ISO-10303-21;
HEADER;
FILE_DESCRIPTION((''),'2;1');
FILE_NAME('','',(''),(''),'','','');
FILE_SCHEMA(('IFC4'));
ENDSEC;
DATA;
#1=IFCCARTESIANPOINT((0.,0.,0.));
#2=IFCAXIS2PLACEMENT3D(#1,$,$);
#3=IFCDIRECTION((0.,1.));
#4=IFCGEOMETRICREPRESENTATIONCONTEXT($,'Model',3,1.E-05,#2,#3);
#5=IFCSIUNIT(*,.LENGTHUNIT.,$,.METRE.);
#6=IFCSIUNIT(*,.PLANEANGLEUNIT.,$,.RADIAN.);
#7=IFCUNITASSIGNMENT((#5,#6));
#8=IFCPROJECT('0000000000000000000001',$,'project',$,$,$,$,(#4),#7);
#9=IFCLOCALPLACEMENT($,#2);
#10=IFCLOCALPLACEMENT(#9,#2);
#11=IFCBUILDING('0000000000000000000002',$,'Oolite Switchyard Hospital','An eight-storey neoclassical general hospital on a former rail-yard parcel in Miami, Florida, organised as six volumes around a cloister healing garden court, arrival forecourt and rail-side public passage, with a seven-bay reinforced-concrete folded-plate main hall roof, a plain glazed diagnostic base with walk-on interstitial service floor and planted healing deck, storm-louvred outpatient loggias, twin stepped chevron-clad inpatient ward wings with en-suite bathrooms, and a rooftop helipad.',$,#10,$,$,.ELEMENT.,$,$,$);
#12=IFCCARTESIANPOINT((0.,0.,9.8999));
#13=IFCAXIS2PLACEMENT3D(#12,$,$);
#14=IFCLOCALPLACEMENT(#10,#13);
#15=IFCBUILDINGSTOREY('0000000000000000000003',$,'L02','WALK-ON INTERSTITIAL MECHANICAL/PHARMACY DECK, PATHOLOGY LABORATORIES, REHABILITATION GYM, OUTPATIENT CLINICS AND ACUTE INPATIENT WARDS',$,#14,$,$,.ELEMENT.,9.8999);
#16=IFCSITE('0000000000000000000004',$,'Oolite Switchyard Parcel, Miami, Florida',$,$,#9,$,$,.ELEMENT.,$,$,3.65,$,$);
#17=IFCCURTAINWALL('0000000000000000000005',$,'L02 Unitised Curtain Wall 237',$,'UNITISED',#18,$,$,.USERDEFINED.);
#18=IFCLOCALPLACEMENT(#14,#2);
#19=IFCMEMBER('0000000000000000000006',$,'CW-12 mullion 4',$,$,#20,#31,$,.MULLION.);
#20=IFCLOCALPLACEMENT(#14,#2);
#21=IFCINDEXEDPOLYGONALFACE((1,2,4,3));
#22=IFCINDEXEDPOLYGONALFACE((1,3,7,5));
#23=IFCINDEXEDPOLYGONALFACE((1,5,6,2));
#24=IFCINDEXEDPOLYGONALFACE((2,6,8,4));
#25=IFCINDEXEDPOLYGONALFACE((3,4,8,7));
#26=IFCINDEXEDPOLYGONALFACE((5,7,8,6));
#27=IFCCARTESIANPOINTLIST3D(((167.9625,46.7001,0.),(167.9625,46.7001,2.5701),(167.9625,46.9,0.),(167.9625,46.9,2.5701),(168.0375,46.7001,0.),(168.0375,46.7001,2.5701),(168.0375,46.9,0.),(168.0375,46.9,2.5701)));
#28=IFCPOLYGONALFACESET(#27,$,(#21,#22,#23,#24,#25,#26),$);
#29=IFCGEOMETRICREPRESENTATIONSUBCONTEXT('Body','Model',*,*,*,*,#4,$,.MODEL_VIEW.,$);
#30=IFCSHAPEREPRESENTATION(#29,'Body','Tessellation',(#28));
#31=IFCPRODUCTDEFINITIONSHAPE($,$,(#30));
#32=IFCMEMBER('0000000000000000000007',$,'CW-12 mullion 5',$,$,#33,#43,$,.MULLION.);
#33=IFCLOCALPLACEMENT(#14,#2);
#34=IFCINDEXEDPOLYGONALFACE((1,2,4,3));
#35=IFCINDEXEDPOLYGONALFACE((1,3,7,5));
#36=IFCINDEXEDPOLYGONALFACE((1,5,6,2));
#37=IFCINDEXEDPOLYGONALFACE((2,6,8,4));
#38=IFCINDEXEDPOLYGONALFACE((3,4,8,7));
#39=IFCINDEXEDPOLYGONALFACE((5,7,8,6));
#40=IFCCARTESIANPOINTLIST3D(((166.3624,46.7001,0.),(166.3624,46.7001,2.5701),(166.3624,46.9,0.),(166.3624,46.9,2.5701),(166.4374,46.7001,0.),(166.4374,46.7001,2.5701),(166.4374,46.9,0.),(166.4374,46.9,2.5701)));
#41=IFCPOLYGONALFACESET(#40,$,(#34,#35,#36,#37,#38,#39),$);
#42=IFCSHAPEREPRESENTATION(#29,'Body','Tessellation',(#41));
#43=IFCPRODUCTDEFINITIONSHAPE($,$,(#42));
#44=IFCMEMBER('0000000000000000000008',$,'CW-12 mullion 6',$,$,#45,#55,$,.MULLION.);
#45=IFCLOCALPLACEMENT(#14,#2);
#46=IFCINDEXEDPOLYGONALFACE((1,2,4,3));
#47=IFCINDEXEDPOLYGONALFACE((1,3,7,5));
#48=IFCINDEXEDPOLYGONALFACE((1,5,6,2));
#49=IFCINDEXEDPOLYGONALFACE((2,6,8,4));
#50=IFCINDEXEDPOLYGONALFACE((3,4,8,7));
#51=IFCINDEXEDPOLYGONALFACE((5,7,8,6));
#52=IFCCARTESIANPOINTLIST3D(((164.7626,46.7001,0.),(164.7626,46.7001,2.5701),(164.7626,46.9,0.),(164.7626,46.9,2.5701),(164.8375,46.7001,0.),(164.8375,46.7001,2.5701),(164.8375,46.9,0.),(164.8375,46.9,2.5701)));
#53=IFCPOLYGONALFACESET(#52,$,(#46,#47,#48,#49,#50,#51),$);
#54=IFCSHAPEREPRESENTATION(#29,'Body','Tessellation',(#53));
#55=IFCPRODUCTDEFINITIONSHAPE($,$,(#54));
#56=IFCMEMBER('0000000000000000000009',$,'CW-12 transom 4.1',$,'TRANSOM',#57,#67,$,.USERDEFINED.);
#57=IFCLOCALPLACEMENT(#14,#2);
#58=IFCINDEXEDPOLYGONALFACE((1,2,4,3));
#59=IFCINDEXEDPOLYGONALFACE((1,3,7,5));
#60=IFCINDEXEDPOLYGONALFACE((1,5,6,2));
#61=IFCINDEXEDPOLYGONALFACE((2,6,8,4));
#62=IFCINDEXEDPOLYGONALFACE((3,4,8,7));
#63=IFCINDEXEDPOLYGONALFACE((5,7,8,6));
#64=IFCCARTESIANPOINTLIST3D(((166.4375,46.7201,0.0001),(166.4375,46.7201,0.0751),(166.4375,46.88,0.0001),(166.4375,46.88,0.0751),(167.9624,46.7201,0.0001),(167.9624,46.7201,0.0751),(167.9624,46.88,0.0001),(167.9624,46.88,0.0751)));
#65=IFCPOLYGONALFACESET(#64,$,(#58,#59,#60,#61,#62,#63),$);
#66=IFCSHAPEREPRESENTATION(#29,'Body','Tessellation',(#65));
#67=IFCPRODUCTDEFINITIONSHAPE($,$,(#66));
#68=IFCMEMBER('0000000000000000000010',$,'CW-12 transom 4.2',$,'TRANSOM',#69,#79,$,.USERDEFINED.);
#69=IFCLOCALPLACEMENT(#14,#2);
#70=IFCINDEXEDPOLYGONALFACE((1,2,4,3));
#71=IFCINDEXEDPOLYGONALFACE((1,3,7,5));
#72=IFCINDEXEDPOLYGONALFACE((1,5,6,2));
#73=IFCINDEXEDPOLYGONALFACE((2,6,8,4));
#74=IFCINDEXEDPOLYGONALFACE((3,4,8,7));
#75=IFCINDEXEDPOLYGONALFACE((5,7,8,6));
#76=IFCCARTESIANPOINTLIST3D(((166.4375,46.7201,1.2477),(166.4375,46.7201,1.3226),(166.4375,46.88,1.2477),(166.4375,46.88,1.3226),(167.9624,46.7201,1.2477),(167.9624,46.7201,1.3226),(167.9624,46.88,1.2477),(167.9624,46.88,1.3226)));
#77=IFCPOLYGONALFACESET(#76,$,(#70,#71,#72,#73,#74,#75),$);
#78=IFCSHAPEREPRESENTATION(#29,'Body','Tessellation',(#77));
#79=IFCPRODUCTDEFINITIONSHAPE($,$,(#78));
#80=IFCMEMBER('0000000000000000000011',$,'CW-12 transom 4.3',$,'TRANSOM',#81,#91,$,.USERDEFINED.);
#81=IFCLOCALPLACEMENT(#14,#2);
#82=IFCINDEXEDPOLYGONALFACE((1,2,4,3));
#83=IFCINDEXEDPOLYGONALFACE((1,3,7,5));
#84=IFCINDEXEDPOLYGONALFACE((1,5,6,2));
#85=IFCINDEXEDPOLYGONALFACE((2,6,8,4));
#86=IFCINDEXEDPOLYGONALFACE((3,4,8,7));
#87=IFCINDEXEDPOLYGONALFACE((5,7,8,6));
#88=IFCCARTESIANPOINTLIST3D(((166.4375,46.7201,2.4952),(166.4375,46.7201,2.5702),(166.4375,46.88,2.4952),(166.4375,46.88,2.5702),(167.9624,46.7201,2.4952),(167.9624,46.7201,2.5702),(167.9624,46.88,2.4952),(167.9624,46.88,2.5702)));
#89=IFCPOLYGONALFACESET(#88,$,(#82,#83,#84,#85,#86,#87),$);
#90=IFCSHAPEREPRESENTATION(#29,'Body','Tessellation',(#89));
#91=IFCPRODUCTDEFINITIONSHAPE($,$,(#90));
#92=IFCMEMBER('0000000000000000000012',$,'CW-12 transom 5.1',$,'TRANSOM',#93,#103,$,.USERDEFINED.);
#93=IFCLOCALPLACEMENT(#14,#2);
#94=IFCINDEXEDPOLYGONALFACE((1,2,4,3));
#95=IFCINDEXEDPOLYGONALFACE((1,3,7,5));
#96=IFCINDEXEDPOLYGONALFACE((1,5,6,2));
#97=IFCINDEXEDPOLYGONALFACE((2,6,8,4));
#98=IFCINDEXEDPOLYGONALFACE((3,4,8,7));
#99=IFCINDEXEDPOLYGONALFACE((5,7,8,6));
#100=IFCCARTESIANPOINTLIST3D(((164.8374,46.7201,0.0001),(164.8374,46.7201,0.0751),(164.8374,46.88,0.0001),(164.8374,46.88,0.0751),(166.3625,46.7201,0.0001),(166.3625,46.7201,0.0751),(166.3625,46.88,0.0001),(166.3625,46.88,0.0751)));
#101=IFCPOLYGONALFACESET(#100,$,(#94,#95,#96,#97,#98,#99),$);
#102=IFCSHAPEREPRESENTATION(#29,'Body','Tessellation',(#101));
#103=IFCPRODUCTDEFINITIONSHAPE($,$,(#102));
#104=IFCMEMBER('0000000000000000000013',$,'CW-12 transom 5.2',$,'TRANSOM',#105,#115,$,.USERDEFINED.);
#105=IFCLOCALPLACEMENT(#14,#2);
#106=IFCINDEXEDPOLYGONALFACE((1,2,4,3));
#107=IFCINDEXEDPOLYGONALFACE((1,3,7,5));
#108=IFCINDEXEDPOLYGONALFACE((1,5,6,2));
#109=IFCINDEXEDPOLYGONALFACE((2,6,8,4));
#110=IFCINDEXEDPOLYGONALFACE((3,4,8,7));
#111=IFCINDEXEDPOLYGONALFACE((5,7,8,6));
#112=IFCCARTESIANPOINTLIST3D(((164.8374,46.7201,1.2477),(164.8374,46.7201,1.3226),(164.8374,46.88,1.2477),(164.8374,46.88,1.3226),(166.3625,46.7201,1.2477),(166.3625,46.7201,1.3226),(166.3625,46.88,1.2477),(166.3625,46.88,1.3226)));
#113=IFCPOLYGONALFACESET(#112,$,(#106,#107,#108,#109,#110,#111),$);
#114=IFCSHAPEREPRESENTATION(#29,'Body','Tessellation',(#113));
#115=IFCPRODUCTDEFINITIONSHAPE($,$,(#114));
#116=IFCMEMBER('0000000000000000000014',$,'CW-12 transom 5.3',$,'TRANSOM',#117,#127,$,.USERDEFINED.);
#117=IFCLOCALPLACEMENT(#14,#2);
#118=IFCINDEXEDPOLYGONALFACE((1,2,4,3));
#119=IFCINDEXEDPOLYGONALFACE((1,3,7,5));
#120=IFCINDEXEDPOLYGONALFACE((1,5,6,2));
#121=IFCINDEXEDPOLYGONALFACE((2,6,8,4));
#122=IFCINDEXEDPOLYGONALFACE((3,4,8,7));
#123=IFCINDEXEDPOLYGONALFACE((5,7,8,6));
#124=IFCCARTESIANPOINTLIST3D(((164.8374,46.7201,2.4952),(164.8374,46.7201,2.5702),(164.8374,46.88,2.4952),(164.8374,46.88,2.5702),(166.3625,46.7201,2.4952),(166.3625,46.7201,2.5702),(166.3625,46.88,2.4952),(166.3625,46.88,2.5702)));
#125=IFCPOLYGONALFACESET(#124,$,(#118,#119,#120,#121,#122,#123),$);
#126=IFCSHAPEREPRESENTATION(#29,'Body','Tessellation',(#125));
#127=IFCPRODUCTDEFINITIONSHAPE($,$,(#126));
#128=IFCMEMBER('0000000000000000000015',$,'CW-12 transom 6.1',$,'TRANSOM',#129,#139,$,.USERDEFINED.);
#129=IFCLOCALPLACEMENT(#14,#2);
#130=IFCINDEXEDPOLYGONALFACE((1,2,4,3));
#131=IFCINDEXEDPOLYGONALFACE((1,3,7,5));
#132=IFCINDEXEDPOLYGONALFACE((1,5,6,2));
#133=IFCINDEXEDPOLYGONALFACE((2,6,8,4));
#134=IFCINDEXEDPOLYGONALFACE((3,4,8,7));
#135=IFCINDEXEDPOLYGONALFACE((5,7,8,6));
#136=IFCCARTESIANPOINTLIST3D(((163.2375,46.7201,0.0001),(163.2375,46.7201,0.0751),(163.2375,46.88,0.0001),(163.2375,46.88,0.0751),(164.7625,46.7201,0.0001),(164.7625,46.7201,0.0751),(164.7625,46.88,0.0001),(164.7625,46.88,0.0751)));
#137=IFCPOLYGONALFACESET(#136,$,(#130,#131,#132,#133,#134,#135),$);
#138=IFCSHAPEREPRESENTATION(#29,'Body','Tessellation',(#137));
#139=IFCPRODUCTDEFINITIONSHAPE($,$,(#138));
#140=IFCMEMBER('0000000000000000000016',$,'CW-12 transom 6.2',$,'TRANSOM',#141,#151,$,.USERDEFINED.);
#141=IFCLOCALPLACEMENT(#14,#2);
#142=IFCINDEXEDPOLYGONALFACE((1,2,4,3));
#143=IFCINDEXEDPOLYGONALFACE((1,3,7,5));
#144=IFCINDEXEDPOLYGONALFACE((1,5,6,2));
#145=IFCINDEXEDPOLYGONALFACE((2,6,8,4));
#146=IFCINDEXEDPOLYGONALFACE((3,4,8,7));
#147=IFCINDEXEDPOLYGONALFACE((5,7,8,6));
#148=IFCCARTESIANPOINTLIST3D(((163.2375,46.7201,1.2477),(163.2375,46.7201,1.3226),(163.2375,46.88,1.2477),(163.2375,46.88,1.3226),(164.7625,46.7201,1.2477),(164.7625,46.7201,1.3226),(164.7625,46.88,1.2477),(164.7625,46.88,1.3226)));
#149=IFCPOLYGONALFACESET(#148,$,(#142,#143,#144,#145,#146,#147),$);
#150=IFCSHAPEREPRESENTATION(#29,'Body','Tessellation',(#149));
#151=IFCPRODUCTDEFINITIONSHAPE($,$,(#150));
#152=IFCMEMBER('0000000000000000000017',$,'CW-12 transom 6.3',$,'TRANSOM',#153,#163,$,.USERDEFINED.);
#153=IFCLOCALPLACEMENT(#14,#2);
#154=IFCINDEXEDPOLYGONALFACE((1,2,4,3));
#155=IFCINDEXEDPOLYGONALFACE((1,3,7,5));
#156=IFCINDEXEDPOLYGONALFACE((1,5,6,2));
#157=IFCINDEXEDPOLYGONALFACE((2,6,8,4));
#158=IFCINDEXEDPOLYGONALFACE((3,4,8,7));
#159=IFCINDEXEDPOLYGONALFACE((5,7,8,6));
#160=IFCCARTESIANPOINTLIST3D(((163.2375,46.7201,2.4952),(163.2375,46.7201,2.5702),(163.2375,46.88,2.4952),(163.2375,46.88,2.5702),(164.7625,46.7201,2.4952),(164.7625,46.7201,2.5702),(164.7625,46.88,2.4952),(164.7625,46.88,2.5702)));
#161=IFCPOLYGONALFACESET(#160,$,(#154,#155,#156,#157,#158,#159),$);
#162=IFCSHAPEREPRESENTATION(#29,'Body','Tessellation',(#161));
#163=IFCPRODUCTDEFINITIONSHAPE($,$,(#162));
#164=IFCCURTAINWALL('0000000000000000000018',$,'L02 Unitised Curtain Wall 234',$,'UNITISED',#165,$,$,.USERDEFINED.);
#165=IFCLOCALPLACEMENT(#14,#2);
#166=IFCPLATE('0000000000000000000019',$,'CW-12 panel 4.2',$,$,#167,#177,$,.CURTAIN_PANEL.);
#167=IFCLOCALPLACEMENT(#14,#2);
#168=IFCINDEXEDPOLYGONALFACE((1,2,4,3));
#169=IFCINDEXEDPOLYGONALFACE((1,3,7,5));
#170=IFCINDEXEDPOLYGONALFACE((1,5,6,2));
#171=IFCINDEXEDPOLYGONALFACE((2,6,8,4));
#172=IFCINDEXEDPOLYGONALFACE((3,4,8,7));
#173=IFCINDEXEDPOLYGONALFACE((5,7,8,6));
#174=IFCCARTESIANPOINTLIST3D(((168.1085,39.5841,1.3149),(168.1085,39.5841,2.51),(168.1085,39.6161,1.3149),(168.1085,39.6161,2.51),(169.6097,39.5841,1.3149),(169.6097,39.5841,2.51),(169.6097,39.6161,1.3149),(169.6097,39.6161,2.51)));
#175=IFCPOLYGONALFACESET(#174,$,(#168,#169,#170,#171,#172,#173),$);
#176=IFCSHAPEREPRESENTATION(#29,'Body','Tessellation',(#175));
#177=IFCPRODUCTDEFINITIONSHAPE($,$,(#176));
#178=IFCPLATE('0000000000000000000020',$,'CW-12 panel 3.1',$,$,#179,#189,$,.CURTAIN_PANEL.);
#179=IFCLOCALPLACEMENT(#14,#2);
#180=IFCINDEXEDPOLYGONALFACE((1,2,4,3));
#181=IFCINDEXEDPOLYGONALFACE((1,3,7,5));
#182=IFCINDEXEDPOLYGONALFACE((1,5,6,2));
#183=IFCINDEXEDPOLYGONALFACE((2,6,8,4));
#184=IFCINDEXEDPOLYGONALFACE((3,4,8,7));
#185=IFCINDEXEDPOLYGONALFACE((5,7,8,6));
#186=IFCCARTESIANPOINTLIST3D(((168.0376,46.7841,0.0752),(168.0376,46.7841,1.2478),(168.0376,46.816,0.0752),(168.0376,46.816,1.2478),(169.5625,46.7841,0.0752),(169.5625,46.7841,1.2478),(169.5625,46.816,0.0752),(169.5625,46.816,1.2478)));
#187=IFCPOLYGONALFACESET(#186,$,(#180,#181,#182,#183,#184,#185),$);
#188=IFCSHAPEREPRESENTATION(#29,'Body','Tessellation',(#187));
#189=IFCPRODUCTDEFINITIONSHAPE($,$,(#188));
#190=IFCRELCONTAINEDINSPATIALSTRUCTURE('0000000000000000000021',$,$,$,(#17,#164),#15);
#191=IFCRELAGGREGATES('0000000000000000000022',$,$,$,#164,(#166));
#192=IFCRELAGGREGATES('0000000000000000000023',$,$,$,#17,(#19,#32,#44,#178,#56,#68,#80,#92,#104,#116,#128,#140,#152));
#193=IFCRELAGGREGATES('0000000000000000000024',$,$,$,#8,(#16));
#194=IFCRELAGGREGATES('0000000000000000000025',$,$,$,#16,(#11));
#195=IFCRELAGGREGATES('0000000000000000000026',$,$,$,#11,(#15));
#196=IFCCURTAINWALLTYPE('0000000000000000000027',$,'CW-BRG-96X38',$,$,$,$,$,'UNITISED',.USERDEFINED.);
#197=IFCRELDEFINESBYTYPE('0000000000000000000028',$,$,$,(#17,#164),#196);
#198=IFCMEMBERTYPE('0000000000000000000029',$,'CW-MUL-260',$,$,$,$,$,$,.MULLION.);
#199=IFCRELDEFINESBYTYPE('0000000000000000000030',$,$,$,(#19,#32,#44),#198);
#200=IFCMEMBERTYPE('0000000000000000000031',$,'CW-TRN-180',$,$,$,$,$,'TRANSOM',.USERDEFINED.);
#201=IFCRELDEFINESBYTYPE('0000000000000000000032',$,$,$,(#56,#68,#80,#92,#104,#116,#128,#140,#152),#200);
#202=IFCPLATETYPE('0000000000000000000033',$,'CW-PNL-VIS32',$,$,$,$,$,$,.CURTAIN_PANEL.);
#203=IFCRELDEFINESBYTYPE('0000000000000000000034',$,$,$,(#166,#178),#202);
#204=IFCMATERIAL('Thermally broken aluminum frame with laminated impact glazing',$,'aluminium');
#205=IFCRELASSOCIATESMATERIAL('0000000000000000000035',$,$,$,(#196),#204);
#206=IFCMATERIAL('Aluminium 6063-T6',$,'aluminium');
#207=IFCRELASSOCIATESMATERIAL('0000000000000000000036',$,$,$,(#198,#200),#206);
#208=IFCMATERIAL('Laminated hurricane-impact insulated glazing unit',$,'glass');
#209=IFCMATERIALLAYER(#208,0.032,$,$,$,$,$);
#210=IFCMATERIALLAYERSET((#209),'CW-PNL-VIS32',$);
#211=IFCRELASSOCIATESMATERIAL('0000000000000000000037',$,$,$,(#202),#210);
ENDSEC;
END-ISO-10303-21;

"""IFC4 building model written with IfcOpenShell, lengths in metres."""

from ifc_helpers import new_model, si_unit, direction, frame, origin, origin_2d, place, context, subcontext, project, spatial, rectangle, extrude, material, layer, layer_set, material_profile, profile_set, type_object, element, aggregate, save


model = new_model("IFC4")

# Units and contexts
model_context = context("Model", 3, precision=1e-05, world=origin(), true_north=direction((0.0, 1.0)))
body_context = subcontext(model_context, "Body", "Model", "MODEL_VIEW")
ifc_project = project(units=[si_unit("LENGTHUNIT", "METRE"), si_unit("PLANEANGLEUNIT", "RADIAN")], contexts=[model_context])

# Site, building, storey
site_placement = place(None, origin())
site = spatial("IfcSite", under=ifc_project, at=site_placement, Name="Oolite Switchyard Parcel, Miami, Florida", CompositionType="ELEMENT", RefElevation=3.65)
building_placement = place(site_placement, origin())
building = spatial("IfcBuilding", under=site, at=building_placement, Name="Oolite Switchyard Hospital", Description="An eight-storey neoclassical general hospital on a former rail-yard parcel in Miami, Florida, organised as six volumes around a cloister healing garden court, arrival forecourt and rail-side public passage, with a seven-bay reinforced-concrete folded-plate main hall roof, a plain glazed diagnostic base with walk-on interstitial service floor and planted healing deck, storm-louvred outpatient loggias, twin stepped chevron-clad inpatient ward wings with en-suite bathrooms, and a rooftop helipad.", CompositionType="ELEMENT")
storey_placement = place(building_placement, frame((0.0, 0.0, 9.8999)))
storey = spatial("IfcBuildingStorey", under=building, at=storey_placement, Name="L02", Description="WALK-ON INTERSTITIAL MECHANICAL/PHARMACY DECK, PATHOLOGY LABORATORIES, REHABILITATION GYM, OUTPATIENT CLINICS AND ACUTE INPATIENT WARDS", CompositionType="ELEMENT", Elevation=9.8999)

# Curtain wall, members
ifc_material_1 = material(Name="Thermally broken aluminum frame with laminated impact glazing", Category="aluminium")
curtain_wall_type = type_object("IfcCurtainWallType", Name="CW-BRG-96X38", ElementType="UNITISED", PredefinedType="USERDEFINED", material=ifc_material_1)
curtain_wall_1_placement = place(storey_placement, origin())
curtain_wall_1 = element("IfcCurtainWall", 1, at=curtain_wall_1_placement, inside=storey, type_object=curtain_wall_type, Name="L02 Unitised Curtain Wall 237", ObjectType="UNITISED", PredefinedType="USERDEFINED")
ifc_material_2 = material(Name="Aluminium 6063-T6", Category="aluminium")
ifc_material_profile_1 = material_profile(ifc_material_2, rectangle(XDim=0.2, YDim=0.075, at=origin_2d()), Name="CWM75X200")
ifc_profile_set_1 = profile_set([ifc_material_profile_1], Name="Aluminium 6063-T6")
member_type_1 = type_object("IfcMemberType", Name="CW-MUL-260", PredefinedType="MULLION", material=ifc_profile_set_1)
member_1_placement = place(storey_placement, frame((168.0, 46.8, 0.0), z_axis=(0.0, 0.0, 1.0), x_axis=(0.0, -1.0, 0.0)))
member_1 = element("IfcMember", 2, at=member_1_placement, type_object=member_type_1, Name="CW-12 mullion 4", PredefinedType="MULLION", context=body_context, shape_type="SweptSolid", body=[
    extrude(rectangle(XDim=0.2, YDim=0.075, at=origin_2d()), origin(), (0.0, 0.0, 1.0), 2.5701),
])
member_2_placement = place(storey_placement, frame((166.3999, 46.8, 0.0), z_axis=(0.0, 0.0, 1.0), x_axis=(0.0, -1.0, 0.0)))
member_2 = element("IfcMember", 3, at=member_2_placement, type_object=member_type_1, Name="CW-12 mullion 5", PredefinedType="MULLION", context=body_context, shape_type="SweptSolid", body=[
    extrude(rectangle(XDim=0.2, YDim=0.075, at=origin_2d()), origin(), (0.0, 0.0, 1.0), 2.5701),
])
member_3_placement = place(storey_placement, frame((164.8, 46.8, 0.0), z_axis=(0.0, 0.0, 1.0), x_axis=(0.0, -1.0, 0.0)))
member_3 = element("IfcMember", 4, at=member_3_placement, type_object=member_type_1, Name="CW-12 mullion 6", PredefinedType="MULLION", context=body_context, shape_type="SweptSolid", body=[
    extrude(rectangle(XDim=0.2, YDim=0.075, at=origin_2d()), origin(), (0.0, 0.0, 1.0), 2.5701),
])
ifc_material_profile_2 = material_profile(ifc_material_2, rectangle(XDim=0.1599, YDim=0.075, at=origin_2d()), Name="CWT75X160")
ifc_profile_set_2 = profile_set([ifc_material_profile_2], Name="Aluminium 6063-T6")
member_type_2 = type_object("IfcMemberType", Name="CW-TRN-180", ElementType="TRANSOM", PredefinedType="USERDEFINED", material=ifc_profile_set_2)
member_4_placement = place(storey_placement, frame((167.9624, 46.8, 0.0376), z_axis=(-1.0, 0.0, 0.0), x_axis=(0.0, -1.0, 0.0)))
member_4 = element("IfcMember", 5, at=member_4_placement, type_object=member_type_2, Name="CW-12 transom 4.1", ObjectType="TRANSOM", PredefinedType="USERDEFINED", context=body_context, shape_type="SweptSolid", body=[
    extrude(rectangle(XDim=0.1599, YDim=0.075, at=origin_2d()), origin(), (0.0, 0.0, 1.0), 1.5249),
])
member_5_placement = place(storey_placement, frame((167.9624, 46.8, 1.2852), z_axis=(-1.0, 0.0, 0.0), x_axis=(0.0, -1.0, 0.0)))
member_5 = element("IfcMember", 6, at=member_5_placement, type_object=member_type_2, Name="CW-12 transom 4.2", ObjectType="TRANSOM", PredefinedType="USERDEFINED", context=body_context, shape_type="SweptSolid", body=[
    extrude(rectangle(XDim=0.1599, YDim=0.075, at=origin_2d()), origin(), (0.0, 0.0, 1.0), 1.5249),
])
member_6_placement = place(storey_placement, frame((167.9624, 46.8, 2.5327), z_axis=(-1.0, 0.0, 0.0), x_axis=(0.0, -1.0, 0.0)))
member_6 = element("IfcMember", 7, at=member_6_placement, type_object=member_type_2, Name="CW-12 transom 4.3", ObjectType="TRANSOM", PredefinedType="USERDEFINED", context=body_context, shape_type="SweptSolid", body=[
    extrude(rectangle(XDim=0.1599, YDim=0.075, at=origin_2d()), origin(), (0.0, 0.0, 1.0), 1.5249),
])
member_7_placement = place(storey_placement, frame((166.3625, 46.8, 0.0376), z_axis=(-1.0, 0.0, 0.0), x_axis=(0.0, -1.0, 0.0)))
member_7 = element("IfcMember", 8, at=member_7_placement, type_object=member_type_2, Name="CW-12 transom 5.1", ObjectType="TRANSOM", PredefinedType="USERDEFINED", context=body_context, shape_type="SweptSolid", body=[
    extrude(rectangle(XDim=0.1599, YDim=0.075, at=origin_2d()), origin(), (0.0, 0.0, 1.0), 1.5251),
])
member_8_placement = place(storey_placement, frame((166.3625, 46.8, 1.2852), z_axis=(-1.0, 0.0, 0.0), x_axis=(0.0, -1.0, 0.0)))
member_8 = element("IfcMember", 9, at=member_8_placement, type_object=member_type_2, Name="CW-12 transom 5.2", ObjectType="TRANSOM", PredefinedType="USERDEFINED", context=body_context, shape_type="SweptSolid", body=[
    extrude(rectangle(XDim=0.1599, YDim=0.075, at=origin_2d()), origin(), (0.0, 0.0, 1.0), 1.5251),
])
member_9_placement = place(storey_placement, frame((166.3625, 46.8, 2.5327), z_axis=(-1.0, 0.0, 0.0), x_axis=(0.0, -1.0, 0.0)))
member_9 = element("IfcMember", 10, at=member_9_placement, type_object=member_type_2, Name="CW-12 transom 5.3", ObjectType="TRANSOM", PredefinedType="USERDEFINED", context=body_context, shape_type="SweptSolid", body=[
    extrude(rectangle(XDim=0.1599, YDim=0.075, at=origin_2d()), origin(), (0.0, 0.0, 1.0), 1.5251),
])
member_10_placement = place(storey_placement, frame((164.7625, 46.8, 0.0376), z_axis=(-1.0, 0.0, 0.0), x_axis=(0.0, -1.0, 0.0)))
member_10 = element("IfcMember", 11, at=member_10_placement, type_object=member_type_2, Name="CW-12 transom 6.1", ObjectType="TRANSOM", PredefinedType="USERDEFINED", context=body_context, shape_type="SweptSolid", body=[
    extrude(rectangle(XDim=0.1599, YDim=0.075, at=origin_2d()), origin(), (0.0, 0.0, 1.0), 1.5249),
])
member_11_placement = place(storey_placement, frame((164.7625, 46.8, 1.2852), z_axis=(-1.0, 0.0, 0.0), x_axis=(0.0, -1.0, 0.0)))
member_11 = element("IfcMember", 12, at=member_11_placement, type_object=member_type_2, Name="CW-12 transom 6.2", ObjectType="TRANSOM", PredefinedType="USERDEFINED", context=body_context, shape_type="SweptSolid", body=[
    extrude(rectangle(XDim=0.1599, YDim=0.075, at=origin_2d()), origin(), (0.0, 0.0, 1.0), 1.5249),
])
member_12_placement = place(storey_placement, frame((164.7625, 46.8, 2.5327), z_axis=(-1.0, 0.0, 0.0), x_axis=(0.0, -1.0, 0.0)))
member_12 = element("IfcMember", 13, at=member_12_placement, type_object=member_type_2, Name="CW-12 transom 6.3", ObjectType="TRANSOM", PredefinedType="USERDEFINED", context=body_context, shape_type="SweptSolid", body=[
    extrude(rectangle(XDim=0.1599, YDim=0.075, at=origin_2d()), origin(), (0.0, 0.0, 1.0), 1.5249),
])

# Curtain wall, plate
curtain_wall_2_placement = place(storey_placement, origin())
curtain_wall_2 = element("IfcCurtainWall", 14, at=curtain_wall_2_placement, inside=storey, type_object=curtain_wall_type, Name="L02 Unitised Curtain Wall 234", ObjectType="UNITISED", PredefinedType="USERDEFINED")
ifc_material_3 = material(Name="Laminated hurricane-impact insulated glazing unit", Category="glass")
ifc_layer = layer(ifc_material_3, 0.032)
ifc_layer_set = layer_set([ifc_layer], Name="CW-PNL-VIS32")
plate_type = type_object("IfcPlateType", Name="CW-PNL-VIS32", PredefinedType="CURTAIN_PANEL", material=ifc_layer_set)
plate_1_placement = place(storey_placement, frame((168.8591, 39.6001, 1.3149), z_axis=(0.0, 0.0, 1.0), x_axis=(1.0, 0.0, 0.0)))
plate_1 = element("IfcPlate", 15, at=plate_1_placement, type_object=plate_type, Name="CW-12 panel 4.2", PredefinedType="CURTAIN_PANEL", context=body_context, shape_type="SweptSolid", body=[
    extrude(rectangle(XDim=1.5012, YDim=0.032, at=origin_2d()), origin(), (0.0, 0.0, 1.0), 1.1951),
])
aggregate(curtain_wall_2, [plate_1])

# Plate
plate_2_placement = place(storey_placement, frame((168.8, 46.8, 0.0752), z_axis=(0.0, 0.0, 1.0), x_axis=(-1.0, 0.0, 0.0)))
plate_2 = element("IfcPlate", 16, at=plate_2_placement, type_object=plate_type, Name="CW-12 panel 3.1", PredefinedType="CURTAIN_PANEL", context=body_context, shape_type="SweptSolid", body=[
    extrude(rectangle(XDim=1.5249, YDim=0.032, at=origin_2d()), origin(), (0.0, 0.0, 1.0), 1.1726),
])
aggregate(curtain_wall_1, [member_1, member_2, member_3, plate_2, member_4, member_5, member_6, member_7, member_8, member_9, member_10, member_11, member_12])

save(model, "model.ifc")
